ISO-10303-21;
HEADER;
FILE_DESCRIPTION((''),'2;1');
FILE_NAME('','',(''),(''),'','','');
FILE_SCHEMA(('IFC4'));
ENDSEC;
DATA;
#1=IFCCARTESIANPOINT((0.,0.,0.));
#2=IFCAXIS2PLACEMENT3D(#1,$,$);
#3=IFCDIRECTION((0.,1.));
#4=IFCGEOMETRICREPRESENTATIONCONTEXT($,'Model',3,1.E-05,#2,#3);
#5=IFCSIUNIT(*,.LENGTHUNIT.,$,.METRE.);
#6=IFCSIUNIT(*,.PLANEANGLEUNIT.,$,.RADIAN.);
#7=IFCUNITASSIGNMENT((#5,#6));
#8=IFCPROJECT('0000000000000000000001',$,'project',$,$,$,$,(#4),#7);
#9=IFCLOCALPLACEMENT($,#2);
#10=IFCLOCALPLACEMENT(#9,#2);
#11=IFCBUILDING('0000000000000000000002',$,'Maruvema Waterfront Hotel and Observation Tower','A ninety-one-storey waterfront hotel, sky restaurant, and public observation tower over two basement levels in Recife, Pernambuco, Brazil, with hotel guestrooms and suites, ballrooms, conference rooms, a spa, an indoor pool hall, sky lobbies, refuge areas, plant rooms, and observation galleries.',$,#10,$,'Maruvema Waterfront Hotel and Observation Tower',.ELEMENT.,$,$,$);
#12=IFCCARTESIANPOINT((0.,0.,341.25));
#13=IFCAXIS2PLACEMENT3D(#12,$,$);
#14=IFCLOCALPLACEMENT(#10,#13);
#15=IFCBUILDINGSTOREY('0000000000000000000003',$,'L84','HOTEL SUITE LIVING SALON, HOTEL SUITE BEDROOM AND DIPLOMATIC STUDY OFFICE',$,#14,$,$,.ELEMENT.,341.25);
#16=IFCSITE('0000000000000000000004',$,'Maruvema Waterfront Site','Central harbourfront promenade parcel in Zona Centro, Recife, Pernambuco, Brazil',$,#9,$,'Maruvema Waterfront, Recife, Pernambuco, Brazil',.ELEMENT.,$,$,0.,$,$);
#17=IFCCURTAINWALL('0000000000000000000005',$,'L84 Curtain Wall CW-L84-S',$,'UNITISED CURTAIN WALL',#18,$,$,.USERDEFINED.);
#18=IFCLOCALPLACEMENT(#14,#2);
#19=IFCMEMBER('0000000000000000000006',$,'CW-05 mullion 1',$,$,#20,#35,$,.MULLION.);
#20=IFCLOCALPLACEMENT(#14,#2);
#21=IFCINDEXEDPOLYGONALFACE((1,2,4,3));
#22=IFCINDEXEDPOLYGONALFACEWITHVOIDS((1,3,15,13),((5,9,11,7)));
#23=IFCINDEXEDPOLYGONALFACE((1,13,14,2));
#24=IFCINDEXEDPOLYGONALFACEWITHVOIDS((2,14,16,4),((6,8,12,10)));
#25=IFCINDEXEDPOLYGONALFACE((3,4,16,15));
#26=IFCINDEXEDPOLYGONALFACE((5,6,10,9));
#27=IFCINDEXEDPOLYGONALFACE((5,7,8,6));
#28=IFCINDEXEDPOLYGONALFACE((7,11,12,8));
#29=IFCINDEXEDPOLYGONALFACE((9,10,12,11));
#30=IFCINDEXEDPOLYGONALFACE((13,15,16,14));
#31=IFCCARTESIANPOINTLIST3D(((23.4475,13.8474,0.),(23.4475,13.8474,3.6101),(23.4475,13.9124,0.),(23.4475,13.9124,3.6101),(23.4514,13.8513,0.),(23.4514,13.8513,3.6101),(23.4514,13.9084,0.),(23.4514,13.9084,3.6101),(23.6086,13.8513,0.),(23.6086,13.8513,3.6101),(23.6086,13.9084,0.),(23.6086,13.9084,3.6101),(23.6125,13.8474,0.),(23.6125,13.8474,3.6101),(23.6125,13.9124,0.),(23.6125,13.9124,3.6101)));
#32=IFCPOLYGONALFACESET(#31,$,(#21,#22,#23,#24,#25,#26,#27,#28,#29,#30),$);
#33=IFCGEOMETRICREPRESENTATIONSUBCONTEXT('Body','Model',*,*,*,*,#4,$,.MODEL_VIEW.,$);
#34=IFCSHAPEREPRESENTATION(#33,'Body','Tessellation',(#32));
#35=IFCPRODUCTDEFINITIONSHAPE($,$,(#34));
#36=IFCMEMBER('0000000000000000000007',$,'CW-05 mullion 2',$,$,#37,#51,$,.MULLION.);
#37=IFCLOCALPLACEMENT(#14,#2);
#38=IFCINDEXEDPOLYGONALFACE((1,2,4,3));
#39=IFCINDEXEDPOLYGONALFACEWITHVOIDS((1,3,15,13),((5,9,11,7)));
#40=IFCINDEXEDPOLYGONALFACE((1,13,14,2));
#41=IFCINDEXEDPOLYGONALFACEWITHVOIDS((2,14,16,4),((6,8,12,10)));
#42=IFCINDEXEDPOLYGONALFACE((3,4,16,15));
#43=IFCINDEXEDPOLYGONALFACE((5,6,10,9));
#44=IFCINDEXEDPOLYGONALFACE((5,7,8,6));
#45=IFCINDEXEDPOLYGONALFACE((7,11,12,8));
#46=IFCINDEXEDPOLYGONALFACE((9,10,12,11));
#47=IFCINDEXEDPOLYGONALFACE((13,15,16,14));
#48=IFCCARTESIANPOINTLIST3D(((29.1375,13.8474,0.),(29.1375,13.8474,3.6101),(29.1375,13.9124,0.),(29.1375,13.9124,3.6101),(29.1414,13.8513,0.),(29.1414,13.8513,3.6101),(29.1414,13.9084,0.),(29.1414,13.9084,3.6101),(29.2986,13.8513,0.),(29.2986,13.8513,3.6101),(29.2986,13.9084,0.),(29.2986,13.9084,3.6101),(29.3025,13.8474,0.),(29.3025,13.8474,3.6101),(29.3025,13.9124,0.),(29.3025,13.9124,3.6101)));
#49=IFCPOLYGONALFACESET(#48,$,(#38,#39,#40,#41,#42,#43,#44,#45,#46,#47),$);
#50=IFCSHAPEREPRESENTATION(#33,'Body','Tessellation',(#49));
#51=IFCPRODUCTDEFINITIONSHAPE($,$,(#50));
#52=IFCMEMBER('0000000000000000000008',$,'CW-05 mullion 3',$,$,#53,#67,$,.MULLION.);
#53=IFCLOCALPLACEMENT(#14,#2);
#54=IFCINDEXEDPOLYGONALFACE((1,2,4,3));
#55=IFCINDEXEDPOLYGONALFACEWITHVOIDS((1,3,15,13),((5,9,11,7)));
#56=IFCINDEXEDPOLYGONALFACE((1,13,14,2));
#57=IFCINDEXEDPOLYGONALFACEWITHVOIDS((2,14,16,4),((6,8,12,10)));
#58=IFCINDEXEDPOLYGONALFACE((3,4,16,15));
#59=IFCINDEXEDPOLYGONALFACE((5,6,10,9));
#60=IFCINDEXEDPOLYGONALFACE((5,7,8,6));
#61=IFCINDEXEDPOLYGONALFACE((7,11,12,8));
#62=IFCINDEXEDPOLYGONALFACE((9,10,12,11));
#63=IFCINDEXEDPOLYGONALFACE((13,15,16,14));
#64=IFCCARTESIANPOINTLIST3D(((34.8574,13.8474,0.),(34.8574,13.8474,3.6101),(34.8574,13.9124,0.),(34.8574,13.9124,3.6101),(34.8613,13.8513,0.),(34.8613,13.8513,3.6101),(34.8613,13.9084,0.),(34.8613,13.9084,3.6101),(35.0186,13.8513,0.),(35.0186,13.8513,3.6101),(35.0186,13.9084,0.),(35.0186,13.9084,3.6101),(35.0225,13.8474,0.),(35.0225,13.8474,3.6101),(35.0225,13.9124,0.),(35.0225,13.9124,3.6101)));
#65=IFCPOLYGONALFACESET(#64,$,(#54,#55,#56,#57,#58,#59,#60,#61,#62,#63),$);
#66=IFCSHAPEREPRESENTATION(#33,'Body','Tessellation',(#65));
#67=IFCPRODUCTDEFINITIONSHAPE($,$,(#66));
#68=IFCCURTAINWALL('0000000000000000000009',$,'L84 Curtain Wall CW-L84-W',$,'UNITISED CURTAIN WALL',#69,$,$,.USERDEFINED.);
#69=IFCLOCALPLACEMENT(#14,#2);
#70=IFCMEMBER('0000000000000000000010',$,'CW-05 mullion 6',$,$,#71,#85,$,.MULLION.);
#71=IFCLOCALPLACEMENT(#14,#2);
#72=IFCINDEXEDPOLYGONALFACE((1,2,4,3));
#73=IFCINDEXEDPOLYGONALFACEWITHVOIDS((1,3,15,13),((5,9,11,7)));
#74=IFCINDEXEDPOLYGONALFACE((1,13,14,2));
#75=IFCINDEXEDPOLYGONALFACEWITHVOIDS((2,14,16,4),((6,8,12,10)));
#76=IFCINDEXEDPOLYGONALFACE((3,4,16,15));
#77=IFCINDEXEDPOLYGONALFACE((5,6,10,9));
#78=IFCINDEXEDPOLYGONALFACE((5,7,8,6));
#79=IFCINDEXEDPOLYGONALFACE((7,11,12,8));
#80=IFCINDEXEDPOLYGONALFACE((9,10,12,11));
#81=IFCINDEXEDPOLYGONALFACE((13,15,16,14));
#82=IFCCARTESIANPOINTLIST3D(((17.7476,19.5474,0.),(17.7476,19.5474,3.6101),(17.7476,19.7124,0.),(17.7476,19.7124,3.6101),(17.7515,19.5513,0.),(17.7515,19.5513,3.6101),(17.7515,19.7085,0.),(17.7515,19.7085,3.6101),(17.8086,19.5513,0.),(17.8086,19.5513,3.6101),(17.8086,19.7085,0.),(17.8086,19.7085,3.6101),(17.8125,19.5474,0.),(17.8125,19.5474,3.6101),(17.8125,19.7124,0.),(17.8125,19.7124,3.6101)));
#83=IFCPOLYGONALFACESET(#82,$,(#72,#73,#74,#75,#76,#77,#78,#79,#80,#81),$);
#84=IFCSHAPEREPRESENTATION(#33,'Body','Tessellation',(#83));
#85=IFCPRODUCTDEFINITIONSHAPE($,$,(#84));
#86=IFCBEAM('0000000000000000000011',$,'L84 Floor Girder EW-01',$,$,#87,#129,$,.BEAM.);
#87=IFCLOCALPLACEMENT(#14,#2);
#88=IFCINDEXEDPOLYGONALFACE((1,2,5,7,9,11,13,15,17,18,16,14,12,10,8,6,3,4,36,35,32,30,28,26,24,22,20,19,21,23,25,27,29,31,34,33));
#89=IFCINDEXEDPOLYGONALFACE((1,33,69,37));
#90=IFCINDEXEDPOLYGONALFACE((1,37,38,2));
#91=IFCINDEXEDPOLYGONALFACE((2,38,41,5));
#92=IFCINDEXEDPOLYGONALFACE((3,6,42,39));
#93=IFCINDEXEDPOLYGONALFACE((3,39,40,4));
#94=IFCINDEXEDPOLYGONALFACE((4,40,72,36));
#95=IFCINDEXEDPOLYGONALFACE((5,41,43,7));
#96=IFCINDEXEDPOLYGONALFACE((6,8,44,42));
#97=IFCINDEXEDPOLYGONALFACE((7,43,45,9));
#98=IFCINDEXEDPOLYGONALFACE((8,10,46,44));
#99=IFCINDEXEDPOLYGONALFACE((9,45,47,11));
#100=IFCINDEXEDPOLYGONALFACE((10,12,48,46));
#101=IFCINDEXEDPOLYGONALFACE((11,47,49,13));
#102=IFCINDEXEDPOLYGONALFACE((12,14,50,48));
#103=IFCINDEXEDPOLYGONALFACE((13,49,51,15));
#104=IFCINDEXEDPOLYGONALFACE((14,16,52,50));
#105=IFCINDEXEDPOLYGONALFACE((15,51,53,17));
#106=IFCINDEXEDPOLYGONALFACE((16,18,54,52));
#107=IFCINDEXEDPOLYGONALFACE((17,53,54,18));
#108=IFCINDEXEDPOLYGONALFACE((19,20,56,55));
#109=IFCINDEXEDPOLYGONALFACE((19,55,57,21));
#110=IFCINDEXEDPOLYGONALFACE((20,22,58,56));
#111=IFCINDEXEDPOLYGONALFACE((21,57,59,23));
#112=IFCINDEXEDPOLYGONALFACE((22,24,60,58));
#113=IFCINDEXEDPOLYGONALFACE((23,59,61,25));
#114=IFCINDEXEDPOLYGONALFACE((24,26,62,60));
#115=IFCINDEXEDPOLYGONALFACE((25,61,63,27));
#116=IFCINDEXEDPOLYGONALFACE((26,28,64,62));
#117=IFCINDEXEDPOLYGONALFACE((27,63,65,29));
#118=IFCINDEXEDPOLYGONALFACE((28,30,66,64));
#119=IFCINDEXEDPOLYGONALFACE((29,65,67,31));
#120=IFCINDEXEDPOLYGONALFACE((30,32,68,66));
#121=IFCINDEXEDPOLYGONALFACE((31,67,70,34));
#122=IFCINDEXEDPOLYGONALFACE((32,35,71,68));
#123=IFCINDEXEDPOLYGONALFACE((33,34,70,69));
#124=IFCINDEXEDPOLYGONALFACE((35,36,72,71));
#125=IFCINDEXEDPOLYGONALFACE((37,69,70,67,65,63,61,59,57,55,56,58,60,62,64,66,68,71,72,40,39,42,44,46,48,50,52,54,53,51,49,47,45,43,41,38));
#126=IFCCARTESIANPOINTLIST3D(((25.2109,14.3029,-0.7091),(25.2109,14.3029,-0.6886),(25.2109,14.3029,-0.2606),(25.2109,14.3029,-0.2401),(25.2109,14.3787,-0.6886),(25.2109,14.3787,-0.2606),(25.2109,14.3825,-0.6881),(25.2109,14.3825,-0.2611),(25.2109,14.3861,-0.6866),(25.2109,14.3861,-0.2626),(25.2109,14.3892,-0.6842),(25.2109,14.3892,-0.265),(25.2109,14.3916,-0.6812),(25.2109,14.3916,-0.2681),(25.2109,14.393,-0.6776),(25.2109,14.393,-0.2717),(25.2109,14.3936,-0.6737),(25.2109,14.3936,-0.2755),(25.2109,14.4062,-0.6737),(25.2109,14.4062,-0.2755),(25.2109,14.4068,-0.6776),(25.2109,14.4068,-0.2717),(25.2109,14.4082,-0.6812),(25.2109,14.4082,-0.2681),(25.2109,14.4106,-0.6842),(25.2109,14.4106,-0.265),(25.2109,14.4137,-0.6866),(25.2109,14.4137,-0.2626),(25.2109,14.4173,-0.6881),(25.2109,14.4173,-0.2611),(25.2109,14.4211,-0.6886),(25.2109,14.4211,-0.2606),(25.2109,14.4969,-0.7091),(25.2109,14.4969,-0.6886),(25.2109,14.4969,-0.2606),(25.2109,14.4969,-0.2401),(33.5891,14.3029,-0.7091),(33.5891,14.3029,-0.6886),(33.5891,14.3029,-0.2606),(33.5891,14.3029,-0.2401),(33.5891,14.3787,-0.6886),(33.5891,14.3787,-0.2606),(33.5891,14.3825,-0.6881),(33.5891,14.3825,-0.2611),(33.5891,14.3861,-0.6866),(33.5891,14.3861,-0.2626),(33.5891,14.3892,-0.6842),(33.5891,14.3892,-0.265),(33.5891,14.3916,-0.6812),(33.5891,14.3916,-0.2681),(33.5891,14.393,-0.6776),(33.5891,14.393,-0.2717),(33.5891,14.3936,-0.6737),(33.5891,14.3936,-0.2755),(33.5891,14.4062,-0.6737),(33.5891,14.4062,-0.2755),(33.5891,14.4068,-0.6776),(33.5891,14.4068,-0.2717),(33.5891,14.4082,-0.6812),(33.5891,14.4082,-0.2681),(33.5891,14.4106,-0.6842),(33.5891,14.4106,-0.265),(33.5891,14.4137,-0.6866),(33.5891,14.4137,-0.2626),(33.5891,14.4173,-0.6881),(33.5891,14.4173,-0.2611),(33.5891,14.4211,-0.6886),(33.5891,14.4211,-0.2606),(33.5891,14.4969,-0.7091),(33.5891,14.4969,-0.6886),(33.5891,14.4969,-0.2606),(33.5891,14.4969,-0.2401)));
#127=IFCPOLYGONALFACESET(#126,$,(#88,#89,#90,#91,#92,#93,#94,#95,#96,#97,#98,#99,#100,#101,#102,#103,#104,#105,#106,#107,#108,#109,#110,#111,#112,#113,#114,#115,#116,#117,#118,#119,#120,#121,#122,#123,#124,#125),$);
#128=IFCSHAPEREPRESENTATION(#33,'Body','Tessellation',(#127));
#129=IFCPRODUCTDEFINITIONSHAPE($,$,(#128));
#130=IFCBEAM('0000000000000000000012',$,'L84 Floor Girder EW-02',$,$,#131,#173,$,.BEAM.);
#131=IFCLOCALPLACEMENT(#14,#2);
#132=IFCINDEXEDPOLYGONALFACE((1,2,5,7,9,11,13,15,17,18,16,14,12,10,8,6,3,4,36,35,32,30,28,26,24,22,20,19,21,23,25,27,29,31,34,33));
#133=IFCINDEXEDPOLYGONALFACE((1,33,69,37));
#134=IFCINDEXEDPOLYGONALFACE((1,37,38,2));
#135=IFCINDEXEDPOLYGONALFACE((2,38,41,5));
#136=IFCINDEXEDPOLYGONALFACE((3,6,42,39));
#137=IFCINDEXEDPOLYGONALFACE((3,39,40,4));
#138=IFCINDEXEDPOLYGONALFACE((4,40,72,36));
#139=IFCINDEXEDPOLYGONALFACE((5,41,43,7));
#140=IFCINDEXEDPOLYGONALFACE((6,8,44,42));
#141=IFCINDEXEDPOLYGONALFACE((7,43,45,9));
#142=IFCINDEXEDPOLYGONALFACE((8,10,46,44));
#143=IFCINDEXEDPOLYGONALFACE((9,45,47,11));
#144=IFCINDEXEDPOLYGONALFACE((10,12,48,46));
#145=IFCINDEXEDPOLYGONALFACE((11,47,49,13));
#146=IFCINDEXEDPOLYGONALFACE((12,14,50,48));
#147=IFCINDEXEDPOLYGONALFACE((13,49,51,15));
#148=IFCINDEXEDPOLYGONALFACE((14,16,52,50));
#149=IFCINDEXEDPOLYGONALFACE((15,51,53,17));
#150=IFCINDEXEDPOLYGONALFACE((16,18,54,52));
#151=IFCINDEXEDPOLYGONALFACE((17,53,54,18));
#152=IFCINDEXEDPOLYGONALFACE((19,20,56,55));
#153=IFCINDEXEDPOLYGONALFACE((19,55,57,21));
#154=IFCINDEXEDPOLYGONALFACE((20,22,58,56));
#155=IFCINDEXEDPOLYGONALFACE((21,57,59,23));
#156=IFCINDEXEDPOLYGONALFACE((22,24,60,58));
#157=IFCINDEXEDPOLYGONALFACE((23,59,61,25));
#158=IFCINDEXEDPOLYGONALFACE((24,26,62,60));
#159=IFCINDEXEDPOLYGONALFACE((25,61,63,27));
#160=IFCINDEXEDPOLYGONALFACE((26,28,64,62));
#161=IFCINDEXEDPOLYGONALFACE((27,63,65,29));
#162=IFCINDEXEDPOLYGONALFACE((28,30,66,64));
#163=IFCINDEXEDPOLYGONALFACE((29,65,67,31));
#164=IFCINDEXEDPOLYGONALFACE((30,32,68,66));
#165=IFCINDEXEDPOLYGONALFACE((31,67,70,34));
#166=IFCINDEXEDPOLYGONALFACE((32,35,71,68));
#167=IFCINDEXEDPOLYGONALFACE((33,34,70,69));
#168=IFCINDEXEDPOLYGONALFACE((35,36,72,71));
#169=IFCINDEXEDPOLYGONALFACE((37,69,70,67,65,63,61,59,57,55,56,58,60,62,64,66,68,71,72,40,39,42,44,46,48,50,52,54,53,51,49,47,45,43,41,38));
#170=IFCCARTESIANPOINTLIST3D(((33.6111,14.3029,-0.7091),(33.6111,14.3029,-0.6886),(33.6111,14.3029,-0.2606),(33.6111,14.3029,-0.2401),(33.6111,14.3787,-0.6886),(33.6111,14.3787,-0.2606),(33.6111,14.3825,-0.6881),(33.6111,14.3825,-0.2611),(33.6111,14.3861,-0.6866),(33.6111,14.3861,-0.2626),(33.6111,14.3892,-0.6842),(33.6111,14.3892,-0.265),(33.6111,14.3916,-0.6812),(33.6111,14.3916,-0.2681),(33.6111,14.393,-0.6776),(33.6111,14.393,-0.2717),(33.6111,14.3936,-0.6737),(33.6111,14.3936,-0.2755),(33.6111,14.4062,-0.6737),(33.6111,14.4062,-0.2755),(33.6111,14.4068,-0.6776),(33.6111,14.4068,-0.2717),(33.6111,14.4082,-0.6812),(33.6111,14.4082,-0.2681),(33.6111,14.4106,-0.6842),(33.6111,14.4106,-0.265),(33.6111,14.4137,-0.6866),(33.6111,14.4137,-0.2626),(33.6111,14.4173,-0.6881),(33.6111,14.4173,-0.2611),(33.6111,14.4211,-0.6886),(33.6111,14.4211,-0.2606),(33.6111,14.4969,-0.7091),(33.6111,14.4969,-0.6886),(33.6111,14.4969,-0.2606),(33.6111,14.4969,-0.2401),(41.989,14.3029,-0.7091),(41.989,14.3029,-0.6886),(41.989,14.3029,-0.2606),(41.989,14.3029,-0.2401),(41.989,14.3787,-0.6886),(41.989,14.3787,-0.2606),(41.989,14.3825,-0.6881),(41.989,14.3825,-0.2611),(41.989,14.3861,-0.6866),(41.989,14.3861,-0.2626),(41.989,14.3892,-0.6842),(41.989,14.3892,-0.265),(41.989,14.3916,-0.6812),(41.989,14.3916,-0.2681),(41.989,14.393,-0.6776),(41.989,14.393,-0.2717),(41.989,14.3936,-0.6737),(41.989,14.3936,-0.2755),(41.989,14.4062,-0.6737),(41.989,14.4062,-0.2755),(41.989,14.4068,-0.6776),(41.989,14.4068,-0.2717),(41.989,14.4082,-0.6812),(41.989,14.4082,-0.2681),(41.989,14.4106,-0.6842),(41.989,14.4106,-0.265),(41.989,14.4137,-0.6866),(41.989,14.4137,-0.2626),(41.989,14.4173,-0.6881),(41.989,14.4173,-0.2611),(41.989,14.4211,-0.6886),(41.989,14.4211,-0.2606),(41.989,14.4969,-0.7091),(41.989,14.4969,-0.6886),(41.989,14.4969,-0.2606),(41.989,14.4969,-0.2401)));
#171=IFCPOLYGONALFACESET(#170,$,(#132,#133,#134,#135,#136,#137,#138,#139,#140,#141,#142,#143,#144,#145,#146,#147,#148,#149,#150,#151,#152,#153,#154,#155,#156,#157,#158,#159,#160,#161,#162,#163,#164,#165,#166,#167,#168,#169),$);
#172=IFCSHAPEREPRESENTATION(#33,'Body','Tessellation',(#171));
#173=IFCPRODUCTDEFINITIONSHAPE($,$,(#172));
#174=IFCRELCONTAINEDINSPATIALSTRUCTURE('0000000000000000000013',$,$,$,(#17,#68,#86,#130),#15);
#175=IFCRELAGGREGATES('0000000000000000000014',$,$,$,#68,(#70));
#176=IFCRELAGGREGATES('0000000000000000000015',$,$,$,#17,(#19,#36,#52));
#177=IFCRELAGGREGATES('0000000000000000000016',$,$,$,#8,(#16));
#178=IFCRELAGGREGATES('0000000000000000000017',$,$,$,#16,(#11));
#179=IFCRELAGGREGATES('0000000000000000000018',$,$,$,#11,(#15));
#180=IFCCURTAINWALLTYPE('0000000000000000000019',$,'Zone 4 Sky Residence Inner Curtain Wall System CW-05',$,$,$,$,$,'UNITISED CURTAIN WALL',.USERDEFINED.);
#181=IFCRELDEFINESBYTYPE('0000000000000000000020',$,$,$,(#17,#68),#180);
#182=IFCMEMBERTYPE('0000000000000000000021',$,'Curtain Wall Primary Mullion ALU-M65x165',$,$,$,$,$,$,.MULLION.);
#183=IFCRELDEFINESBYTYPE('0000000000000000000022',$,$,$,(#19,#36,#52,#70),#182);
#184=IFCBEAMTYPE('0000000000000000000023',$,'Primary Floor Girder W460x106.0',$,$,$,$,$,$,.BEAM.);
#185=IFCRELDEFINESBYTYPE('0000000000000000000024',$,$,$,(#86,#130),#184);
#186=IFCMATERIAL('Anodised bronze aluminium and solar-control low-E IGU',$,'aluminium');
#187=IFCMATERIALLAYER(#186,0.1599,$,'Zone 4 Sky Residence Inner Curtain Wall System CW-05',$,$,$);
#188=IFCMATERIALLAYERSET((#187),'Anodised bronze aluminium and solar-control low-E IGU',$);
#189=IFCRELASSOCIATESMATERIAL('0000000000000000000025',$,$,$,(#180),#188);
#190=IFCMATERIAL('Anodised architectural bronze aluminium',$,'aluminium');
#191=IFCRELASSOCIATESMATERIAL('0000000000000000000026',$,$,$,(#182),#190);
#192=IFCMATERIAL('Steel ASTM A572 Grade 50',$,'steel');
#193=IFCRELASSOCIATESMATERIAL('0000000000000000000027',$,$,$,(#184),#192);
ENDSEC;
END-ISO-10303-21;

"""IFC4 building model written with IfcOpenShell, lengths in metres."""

from ifc_helpers import new_model, si_unit, direction, frame, origin, origin_2d, place, context, subcontext, project, spatial, hollow_rectangle, i_section, extrude, material, layer, layer_set, material_profile, profile_set, type_object, element, aggregate, save


model = new_model("IFC4")

# Units and contexts
model_context = context("Model", 3, precision=1e-05, world=origin(), true_north=direction((0.0, 1.0)))
body_context = subcontext(model_context, "Body", "Model", "MODEL_VIEW")
ifc_project = project(units=[si_unit("LENGTHUNIT", "METRE"), si_unit("PLANEANGLEUNIT", "RADIAN")], contexts=[model_context])

# Site, building, storey
site_placement = place(None, origin())
site = spatial("IfcSite", under=ifc_project, at=site_placement, Name="Maruvema Waterfront Site", Description="Central harbourfront promenade parcel in Zona Centro, Recife, Pernambuco, Brazil", LongName="Maruvema Waterfront, Recife, Pernambuco, Brazil", CompositionType="ELEMENT", RefElevation=0.0)
building_placement = place(site_placement, origin())
building = spatial("IfcBuilding", under=site, at=building_placement, Name="Maruvema Waterfront Hotel and Observation Tower", Description="A ninety-one-storey waterfront hotel, sky restaurant, and public observation tower over two basement levels in Recife, Pernambuco, Brazil, with hotel guestrooms and suites, ballrooms, conference rooms, a spa, an indoor pool hall, sky lobbies, refuge areas, plant rooms, and observation galleries.", LongName="Maruvema Waterfront Hotel and Observation Tower", CompositionType="ELEMENT")
storey_placement = place(building_placement, frame((0.0, 0.0, 341.25)))
storey = spatial("IfcBuildingStorey", under=building, at=storey_placement, Name="L84", Description="HOTEL SUITE LIVING SALON, HOTEL SUITE BEDROOM AND DIPLOMATIC STUDY OFFICE", CompositionType="ELEMENT", Elevation=341.25)

# Curtain wall, members
ifc_material_1 = material(Name="Anodised bronze aluminium and solar-control low-E IGU", Category="aluminium")
ifc_layer_1 = layer(ifc_material_1, 0.1599, Name="Zone 4 Sky Residence Inner Curtain Wall System CW-05")
ifc_layer_set_1 = layer_set([ifc_layer_1], Name="Anodised bronze aluminium and solar-control low-E IGU")
curtain_wall_type = type_object("IfcCurtainWallType", Name="Zone 4 Sky Residence Inner Curtain Wall System CW-05", ElementType="UNITISED CURTAIN WALL", PredefinedType="USERDEFINED", material=ifc_layer_set_1)
curtain_wall_1_placement = place(storey_placement, origin())
curtain_wall_1 = element("IfcCurtainWall", 1, at=curtain_wall_1_placement, inside=storey, type_object=curtain_wall_type, Name="L84 Curtain Wall CW-L84-S", ObjectType="UNITISED CURTAIN WALL", PredefinedType="USERDEFINED")
ifc_material_2 = material(Name="Anodised architectural bronze aluminium", Category="aluminium")
ifc_material_profile_1 = material_profile(ifc_material_2, hollow_rectangle(XDim=0.0649, YDim=0.165, WallThickness=0.0039, at=origin_2d()), Name="ALU-M65x165")
ifc_profile_set_1 = profile_set([ifc_material_profile_1], Name="Anodised architectural bronze aluminium")
member_type_1 = type_object("IfcMemberType", Name="Curtain Wall Primary Mullion ALU-M65x165", PredefinedType="MULLION", material=ifc_profile_set_1)
member_1_placement = place(storey_placement, frame((23.53, 13.8799, 0.0), z_axis=(0.0, 0.0, 1.0), x_axis=(0.0, 1.0, 0.0)))
member_1 = element("IfcMember", 2, at=member_1_placement, type_object=member_type_1, Name="CW-05 mullion 1", PredefinedType="MULLION", context=body_context, shape_type="SweptSolid", body=[
    extrude(hollow_rectangle(XDim=0.0649, YDim=0.165, WallThickness=0.0039, at=origin_2d()), origin(), (0.0, 0.0, 1.0), 3.6101),
])
member_2_placement = place(storey_placement, frame((29.22, 13.8799, 0.0), z_axis=(0.0, 0.0, 1.0), x_axis=(0.0, 1.0, 0.0)))
member_2 = element("IfcMember", 3, at=member_2_placement, type_object=member_type_1, Name="CW-05 mullion 2", PredefinedType="MULLION", context=body_context, shape_type="SweptSolid", body=[
    extrude(hollow_rectangle(XDim=0.0649, YDim=0.165, WallThickness=0.0039, at=origin_2d()), origin(), (0.0, 0.0, 1.0), 3.6101),
])
member_3_placement = place(storey_placement, frame((34.9399, 13.8799, 0.0), z_axis=(0.0, 0.0, 1.0), x_axis=(0.0, 1.0, 0.0)))
member_3 = element("IfcMember", 4, at=member_3_placement, type_object=member_type_1, Name="CW-05 mullion 3", PredefinedType="MULLION", context=body_context, shape_type="SweptSolid", body=[
    extrude(hollow_rectangle(XDim=0.0649, YDim=0.165, WallThickness=0.0039, at=origin_2d()), origin(), (0.0, 0.0, 1.0), 3.6101),
])

# Curtain wall, member
curtain_wall_2_placement = place(storey_placement, origin())
curtain_wall_2 = element("IfcCurtainWall", 5, at=curtain_wall_2_placement, inside=storey, type_object=curtain_wall_type, Name="L84 Curtain Wall CW-L84-W", ObjectType="UNITISED CURTAIN WALL", PredefinedType="USERDEFINED")
member_4_placement = place(storey_placement, frame((17.78, 19.6299, 0.0), z_axis=(0.0, 0.0, 1.0), x_axis=(1.0, 0.0, 0.0)))
member_4 = element("IfcMember", 6, at=member_4_placement, type_object=member_type_1, Name="CW-05 mullion 6", PredefinedType="MULLION", context=body_context, shape_type="SweptSolid", body=[
    extrude(hollow_rectangle(XDim=0.0649, YDim=0.165, WallThickness=0.0039, at=origin_2d()), origin(), (0.0, 0.0, 1.0), 3.6101),
])
aggregate(curtain_wall_2, [member_4])

# Beams
ifc_material_3 = material(Name="Steel ASTM A572 Grade 50", Category="steel")
ifc_material_profile_2 = material_profile(ifc_material_3, i_section(OverallWidth=0.1941, OverallDepth=0.469, WebThickness=0.0127, FlangeThickness=0.0205, FilletRadius=0.0149, at=origin_2d()), Name="W460x106.0")
ifc_profile_set_2 = profile_set([ifc_material_profile_2], Name="Steel ASTM A572 Grade 50")
beam_type_1 = type_object("IfcBeamType", Name="Primary Floor Girder W460x106.0", PredefinedType="BEAM", material=ifc_profile_set_2)
beam_1_placement = place(storey_placement, frame((25.2109, 14.3999, -0.4746), z_axis=(1.0, 0.0, 0.0), x_axis=(0.0, 1.0, 0.0)))
element("IfcBeam", 7, at=beam_1_placement, inside=storey, type_object=beam_type_1, Name="L84 Floor Girder EW-01", PredefinedType="BEAM", context=body_context, shape_type="SweptSolid", body=[
    extrude(i_section(OverallWidth=0.1941, OverallDepth=0.469, WebThickness=0.0127, FlangeThickness=0.0205, FilletRadius=0.0149, at=origin_2d()), origin(), (0.0, 0.0, 1.0), 8.3782),
])
beam_2_placement = place(storey_placement, frame((33.6111, 14.3999, -0.4746), z_axis=(1.0, 0.0, 0.0), x_axis=(0.0, 1.0, 0.0)))
element("IfcBeam", 8, at=beam_2_placement, inside=storey, type_object=beam_type_1, Name="L84 Floor Girder EW-02", PredefinedType="BEAM", context=body_context, shape_type="SweptSolid", body=[
    extrude(i_section(OverallWidth=0.1941, OverallDepth=0.469, WebThickness=0.0127, FlangeThickness=0.0205, FilletRadius=0.0149, at=origin_2d()), origin(), (0.0, 0.0, 1.0), 8.3779),
])

aggregate(curtain_wall_1, [member_1, member_2, member_3])

save(model, "model.ifc")
